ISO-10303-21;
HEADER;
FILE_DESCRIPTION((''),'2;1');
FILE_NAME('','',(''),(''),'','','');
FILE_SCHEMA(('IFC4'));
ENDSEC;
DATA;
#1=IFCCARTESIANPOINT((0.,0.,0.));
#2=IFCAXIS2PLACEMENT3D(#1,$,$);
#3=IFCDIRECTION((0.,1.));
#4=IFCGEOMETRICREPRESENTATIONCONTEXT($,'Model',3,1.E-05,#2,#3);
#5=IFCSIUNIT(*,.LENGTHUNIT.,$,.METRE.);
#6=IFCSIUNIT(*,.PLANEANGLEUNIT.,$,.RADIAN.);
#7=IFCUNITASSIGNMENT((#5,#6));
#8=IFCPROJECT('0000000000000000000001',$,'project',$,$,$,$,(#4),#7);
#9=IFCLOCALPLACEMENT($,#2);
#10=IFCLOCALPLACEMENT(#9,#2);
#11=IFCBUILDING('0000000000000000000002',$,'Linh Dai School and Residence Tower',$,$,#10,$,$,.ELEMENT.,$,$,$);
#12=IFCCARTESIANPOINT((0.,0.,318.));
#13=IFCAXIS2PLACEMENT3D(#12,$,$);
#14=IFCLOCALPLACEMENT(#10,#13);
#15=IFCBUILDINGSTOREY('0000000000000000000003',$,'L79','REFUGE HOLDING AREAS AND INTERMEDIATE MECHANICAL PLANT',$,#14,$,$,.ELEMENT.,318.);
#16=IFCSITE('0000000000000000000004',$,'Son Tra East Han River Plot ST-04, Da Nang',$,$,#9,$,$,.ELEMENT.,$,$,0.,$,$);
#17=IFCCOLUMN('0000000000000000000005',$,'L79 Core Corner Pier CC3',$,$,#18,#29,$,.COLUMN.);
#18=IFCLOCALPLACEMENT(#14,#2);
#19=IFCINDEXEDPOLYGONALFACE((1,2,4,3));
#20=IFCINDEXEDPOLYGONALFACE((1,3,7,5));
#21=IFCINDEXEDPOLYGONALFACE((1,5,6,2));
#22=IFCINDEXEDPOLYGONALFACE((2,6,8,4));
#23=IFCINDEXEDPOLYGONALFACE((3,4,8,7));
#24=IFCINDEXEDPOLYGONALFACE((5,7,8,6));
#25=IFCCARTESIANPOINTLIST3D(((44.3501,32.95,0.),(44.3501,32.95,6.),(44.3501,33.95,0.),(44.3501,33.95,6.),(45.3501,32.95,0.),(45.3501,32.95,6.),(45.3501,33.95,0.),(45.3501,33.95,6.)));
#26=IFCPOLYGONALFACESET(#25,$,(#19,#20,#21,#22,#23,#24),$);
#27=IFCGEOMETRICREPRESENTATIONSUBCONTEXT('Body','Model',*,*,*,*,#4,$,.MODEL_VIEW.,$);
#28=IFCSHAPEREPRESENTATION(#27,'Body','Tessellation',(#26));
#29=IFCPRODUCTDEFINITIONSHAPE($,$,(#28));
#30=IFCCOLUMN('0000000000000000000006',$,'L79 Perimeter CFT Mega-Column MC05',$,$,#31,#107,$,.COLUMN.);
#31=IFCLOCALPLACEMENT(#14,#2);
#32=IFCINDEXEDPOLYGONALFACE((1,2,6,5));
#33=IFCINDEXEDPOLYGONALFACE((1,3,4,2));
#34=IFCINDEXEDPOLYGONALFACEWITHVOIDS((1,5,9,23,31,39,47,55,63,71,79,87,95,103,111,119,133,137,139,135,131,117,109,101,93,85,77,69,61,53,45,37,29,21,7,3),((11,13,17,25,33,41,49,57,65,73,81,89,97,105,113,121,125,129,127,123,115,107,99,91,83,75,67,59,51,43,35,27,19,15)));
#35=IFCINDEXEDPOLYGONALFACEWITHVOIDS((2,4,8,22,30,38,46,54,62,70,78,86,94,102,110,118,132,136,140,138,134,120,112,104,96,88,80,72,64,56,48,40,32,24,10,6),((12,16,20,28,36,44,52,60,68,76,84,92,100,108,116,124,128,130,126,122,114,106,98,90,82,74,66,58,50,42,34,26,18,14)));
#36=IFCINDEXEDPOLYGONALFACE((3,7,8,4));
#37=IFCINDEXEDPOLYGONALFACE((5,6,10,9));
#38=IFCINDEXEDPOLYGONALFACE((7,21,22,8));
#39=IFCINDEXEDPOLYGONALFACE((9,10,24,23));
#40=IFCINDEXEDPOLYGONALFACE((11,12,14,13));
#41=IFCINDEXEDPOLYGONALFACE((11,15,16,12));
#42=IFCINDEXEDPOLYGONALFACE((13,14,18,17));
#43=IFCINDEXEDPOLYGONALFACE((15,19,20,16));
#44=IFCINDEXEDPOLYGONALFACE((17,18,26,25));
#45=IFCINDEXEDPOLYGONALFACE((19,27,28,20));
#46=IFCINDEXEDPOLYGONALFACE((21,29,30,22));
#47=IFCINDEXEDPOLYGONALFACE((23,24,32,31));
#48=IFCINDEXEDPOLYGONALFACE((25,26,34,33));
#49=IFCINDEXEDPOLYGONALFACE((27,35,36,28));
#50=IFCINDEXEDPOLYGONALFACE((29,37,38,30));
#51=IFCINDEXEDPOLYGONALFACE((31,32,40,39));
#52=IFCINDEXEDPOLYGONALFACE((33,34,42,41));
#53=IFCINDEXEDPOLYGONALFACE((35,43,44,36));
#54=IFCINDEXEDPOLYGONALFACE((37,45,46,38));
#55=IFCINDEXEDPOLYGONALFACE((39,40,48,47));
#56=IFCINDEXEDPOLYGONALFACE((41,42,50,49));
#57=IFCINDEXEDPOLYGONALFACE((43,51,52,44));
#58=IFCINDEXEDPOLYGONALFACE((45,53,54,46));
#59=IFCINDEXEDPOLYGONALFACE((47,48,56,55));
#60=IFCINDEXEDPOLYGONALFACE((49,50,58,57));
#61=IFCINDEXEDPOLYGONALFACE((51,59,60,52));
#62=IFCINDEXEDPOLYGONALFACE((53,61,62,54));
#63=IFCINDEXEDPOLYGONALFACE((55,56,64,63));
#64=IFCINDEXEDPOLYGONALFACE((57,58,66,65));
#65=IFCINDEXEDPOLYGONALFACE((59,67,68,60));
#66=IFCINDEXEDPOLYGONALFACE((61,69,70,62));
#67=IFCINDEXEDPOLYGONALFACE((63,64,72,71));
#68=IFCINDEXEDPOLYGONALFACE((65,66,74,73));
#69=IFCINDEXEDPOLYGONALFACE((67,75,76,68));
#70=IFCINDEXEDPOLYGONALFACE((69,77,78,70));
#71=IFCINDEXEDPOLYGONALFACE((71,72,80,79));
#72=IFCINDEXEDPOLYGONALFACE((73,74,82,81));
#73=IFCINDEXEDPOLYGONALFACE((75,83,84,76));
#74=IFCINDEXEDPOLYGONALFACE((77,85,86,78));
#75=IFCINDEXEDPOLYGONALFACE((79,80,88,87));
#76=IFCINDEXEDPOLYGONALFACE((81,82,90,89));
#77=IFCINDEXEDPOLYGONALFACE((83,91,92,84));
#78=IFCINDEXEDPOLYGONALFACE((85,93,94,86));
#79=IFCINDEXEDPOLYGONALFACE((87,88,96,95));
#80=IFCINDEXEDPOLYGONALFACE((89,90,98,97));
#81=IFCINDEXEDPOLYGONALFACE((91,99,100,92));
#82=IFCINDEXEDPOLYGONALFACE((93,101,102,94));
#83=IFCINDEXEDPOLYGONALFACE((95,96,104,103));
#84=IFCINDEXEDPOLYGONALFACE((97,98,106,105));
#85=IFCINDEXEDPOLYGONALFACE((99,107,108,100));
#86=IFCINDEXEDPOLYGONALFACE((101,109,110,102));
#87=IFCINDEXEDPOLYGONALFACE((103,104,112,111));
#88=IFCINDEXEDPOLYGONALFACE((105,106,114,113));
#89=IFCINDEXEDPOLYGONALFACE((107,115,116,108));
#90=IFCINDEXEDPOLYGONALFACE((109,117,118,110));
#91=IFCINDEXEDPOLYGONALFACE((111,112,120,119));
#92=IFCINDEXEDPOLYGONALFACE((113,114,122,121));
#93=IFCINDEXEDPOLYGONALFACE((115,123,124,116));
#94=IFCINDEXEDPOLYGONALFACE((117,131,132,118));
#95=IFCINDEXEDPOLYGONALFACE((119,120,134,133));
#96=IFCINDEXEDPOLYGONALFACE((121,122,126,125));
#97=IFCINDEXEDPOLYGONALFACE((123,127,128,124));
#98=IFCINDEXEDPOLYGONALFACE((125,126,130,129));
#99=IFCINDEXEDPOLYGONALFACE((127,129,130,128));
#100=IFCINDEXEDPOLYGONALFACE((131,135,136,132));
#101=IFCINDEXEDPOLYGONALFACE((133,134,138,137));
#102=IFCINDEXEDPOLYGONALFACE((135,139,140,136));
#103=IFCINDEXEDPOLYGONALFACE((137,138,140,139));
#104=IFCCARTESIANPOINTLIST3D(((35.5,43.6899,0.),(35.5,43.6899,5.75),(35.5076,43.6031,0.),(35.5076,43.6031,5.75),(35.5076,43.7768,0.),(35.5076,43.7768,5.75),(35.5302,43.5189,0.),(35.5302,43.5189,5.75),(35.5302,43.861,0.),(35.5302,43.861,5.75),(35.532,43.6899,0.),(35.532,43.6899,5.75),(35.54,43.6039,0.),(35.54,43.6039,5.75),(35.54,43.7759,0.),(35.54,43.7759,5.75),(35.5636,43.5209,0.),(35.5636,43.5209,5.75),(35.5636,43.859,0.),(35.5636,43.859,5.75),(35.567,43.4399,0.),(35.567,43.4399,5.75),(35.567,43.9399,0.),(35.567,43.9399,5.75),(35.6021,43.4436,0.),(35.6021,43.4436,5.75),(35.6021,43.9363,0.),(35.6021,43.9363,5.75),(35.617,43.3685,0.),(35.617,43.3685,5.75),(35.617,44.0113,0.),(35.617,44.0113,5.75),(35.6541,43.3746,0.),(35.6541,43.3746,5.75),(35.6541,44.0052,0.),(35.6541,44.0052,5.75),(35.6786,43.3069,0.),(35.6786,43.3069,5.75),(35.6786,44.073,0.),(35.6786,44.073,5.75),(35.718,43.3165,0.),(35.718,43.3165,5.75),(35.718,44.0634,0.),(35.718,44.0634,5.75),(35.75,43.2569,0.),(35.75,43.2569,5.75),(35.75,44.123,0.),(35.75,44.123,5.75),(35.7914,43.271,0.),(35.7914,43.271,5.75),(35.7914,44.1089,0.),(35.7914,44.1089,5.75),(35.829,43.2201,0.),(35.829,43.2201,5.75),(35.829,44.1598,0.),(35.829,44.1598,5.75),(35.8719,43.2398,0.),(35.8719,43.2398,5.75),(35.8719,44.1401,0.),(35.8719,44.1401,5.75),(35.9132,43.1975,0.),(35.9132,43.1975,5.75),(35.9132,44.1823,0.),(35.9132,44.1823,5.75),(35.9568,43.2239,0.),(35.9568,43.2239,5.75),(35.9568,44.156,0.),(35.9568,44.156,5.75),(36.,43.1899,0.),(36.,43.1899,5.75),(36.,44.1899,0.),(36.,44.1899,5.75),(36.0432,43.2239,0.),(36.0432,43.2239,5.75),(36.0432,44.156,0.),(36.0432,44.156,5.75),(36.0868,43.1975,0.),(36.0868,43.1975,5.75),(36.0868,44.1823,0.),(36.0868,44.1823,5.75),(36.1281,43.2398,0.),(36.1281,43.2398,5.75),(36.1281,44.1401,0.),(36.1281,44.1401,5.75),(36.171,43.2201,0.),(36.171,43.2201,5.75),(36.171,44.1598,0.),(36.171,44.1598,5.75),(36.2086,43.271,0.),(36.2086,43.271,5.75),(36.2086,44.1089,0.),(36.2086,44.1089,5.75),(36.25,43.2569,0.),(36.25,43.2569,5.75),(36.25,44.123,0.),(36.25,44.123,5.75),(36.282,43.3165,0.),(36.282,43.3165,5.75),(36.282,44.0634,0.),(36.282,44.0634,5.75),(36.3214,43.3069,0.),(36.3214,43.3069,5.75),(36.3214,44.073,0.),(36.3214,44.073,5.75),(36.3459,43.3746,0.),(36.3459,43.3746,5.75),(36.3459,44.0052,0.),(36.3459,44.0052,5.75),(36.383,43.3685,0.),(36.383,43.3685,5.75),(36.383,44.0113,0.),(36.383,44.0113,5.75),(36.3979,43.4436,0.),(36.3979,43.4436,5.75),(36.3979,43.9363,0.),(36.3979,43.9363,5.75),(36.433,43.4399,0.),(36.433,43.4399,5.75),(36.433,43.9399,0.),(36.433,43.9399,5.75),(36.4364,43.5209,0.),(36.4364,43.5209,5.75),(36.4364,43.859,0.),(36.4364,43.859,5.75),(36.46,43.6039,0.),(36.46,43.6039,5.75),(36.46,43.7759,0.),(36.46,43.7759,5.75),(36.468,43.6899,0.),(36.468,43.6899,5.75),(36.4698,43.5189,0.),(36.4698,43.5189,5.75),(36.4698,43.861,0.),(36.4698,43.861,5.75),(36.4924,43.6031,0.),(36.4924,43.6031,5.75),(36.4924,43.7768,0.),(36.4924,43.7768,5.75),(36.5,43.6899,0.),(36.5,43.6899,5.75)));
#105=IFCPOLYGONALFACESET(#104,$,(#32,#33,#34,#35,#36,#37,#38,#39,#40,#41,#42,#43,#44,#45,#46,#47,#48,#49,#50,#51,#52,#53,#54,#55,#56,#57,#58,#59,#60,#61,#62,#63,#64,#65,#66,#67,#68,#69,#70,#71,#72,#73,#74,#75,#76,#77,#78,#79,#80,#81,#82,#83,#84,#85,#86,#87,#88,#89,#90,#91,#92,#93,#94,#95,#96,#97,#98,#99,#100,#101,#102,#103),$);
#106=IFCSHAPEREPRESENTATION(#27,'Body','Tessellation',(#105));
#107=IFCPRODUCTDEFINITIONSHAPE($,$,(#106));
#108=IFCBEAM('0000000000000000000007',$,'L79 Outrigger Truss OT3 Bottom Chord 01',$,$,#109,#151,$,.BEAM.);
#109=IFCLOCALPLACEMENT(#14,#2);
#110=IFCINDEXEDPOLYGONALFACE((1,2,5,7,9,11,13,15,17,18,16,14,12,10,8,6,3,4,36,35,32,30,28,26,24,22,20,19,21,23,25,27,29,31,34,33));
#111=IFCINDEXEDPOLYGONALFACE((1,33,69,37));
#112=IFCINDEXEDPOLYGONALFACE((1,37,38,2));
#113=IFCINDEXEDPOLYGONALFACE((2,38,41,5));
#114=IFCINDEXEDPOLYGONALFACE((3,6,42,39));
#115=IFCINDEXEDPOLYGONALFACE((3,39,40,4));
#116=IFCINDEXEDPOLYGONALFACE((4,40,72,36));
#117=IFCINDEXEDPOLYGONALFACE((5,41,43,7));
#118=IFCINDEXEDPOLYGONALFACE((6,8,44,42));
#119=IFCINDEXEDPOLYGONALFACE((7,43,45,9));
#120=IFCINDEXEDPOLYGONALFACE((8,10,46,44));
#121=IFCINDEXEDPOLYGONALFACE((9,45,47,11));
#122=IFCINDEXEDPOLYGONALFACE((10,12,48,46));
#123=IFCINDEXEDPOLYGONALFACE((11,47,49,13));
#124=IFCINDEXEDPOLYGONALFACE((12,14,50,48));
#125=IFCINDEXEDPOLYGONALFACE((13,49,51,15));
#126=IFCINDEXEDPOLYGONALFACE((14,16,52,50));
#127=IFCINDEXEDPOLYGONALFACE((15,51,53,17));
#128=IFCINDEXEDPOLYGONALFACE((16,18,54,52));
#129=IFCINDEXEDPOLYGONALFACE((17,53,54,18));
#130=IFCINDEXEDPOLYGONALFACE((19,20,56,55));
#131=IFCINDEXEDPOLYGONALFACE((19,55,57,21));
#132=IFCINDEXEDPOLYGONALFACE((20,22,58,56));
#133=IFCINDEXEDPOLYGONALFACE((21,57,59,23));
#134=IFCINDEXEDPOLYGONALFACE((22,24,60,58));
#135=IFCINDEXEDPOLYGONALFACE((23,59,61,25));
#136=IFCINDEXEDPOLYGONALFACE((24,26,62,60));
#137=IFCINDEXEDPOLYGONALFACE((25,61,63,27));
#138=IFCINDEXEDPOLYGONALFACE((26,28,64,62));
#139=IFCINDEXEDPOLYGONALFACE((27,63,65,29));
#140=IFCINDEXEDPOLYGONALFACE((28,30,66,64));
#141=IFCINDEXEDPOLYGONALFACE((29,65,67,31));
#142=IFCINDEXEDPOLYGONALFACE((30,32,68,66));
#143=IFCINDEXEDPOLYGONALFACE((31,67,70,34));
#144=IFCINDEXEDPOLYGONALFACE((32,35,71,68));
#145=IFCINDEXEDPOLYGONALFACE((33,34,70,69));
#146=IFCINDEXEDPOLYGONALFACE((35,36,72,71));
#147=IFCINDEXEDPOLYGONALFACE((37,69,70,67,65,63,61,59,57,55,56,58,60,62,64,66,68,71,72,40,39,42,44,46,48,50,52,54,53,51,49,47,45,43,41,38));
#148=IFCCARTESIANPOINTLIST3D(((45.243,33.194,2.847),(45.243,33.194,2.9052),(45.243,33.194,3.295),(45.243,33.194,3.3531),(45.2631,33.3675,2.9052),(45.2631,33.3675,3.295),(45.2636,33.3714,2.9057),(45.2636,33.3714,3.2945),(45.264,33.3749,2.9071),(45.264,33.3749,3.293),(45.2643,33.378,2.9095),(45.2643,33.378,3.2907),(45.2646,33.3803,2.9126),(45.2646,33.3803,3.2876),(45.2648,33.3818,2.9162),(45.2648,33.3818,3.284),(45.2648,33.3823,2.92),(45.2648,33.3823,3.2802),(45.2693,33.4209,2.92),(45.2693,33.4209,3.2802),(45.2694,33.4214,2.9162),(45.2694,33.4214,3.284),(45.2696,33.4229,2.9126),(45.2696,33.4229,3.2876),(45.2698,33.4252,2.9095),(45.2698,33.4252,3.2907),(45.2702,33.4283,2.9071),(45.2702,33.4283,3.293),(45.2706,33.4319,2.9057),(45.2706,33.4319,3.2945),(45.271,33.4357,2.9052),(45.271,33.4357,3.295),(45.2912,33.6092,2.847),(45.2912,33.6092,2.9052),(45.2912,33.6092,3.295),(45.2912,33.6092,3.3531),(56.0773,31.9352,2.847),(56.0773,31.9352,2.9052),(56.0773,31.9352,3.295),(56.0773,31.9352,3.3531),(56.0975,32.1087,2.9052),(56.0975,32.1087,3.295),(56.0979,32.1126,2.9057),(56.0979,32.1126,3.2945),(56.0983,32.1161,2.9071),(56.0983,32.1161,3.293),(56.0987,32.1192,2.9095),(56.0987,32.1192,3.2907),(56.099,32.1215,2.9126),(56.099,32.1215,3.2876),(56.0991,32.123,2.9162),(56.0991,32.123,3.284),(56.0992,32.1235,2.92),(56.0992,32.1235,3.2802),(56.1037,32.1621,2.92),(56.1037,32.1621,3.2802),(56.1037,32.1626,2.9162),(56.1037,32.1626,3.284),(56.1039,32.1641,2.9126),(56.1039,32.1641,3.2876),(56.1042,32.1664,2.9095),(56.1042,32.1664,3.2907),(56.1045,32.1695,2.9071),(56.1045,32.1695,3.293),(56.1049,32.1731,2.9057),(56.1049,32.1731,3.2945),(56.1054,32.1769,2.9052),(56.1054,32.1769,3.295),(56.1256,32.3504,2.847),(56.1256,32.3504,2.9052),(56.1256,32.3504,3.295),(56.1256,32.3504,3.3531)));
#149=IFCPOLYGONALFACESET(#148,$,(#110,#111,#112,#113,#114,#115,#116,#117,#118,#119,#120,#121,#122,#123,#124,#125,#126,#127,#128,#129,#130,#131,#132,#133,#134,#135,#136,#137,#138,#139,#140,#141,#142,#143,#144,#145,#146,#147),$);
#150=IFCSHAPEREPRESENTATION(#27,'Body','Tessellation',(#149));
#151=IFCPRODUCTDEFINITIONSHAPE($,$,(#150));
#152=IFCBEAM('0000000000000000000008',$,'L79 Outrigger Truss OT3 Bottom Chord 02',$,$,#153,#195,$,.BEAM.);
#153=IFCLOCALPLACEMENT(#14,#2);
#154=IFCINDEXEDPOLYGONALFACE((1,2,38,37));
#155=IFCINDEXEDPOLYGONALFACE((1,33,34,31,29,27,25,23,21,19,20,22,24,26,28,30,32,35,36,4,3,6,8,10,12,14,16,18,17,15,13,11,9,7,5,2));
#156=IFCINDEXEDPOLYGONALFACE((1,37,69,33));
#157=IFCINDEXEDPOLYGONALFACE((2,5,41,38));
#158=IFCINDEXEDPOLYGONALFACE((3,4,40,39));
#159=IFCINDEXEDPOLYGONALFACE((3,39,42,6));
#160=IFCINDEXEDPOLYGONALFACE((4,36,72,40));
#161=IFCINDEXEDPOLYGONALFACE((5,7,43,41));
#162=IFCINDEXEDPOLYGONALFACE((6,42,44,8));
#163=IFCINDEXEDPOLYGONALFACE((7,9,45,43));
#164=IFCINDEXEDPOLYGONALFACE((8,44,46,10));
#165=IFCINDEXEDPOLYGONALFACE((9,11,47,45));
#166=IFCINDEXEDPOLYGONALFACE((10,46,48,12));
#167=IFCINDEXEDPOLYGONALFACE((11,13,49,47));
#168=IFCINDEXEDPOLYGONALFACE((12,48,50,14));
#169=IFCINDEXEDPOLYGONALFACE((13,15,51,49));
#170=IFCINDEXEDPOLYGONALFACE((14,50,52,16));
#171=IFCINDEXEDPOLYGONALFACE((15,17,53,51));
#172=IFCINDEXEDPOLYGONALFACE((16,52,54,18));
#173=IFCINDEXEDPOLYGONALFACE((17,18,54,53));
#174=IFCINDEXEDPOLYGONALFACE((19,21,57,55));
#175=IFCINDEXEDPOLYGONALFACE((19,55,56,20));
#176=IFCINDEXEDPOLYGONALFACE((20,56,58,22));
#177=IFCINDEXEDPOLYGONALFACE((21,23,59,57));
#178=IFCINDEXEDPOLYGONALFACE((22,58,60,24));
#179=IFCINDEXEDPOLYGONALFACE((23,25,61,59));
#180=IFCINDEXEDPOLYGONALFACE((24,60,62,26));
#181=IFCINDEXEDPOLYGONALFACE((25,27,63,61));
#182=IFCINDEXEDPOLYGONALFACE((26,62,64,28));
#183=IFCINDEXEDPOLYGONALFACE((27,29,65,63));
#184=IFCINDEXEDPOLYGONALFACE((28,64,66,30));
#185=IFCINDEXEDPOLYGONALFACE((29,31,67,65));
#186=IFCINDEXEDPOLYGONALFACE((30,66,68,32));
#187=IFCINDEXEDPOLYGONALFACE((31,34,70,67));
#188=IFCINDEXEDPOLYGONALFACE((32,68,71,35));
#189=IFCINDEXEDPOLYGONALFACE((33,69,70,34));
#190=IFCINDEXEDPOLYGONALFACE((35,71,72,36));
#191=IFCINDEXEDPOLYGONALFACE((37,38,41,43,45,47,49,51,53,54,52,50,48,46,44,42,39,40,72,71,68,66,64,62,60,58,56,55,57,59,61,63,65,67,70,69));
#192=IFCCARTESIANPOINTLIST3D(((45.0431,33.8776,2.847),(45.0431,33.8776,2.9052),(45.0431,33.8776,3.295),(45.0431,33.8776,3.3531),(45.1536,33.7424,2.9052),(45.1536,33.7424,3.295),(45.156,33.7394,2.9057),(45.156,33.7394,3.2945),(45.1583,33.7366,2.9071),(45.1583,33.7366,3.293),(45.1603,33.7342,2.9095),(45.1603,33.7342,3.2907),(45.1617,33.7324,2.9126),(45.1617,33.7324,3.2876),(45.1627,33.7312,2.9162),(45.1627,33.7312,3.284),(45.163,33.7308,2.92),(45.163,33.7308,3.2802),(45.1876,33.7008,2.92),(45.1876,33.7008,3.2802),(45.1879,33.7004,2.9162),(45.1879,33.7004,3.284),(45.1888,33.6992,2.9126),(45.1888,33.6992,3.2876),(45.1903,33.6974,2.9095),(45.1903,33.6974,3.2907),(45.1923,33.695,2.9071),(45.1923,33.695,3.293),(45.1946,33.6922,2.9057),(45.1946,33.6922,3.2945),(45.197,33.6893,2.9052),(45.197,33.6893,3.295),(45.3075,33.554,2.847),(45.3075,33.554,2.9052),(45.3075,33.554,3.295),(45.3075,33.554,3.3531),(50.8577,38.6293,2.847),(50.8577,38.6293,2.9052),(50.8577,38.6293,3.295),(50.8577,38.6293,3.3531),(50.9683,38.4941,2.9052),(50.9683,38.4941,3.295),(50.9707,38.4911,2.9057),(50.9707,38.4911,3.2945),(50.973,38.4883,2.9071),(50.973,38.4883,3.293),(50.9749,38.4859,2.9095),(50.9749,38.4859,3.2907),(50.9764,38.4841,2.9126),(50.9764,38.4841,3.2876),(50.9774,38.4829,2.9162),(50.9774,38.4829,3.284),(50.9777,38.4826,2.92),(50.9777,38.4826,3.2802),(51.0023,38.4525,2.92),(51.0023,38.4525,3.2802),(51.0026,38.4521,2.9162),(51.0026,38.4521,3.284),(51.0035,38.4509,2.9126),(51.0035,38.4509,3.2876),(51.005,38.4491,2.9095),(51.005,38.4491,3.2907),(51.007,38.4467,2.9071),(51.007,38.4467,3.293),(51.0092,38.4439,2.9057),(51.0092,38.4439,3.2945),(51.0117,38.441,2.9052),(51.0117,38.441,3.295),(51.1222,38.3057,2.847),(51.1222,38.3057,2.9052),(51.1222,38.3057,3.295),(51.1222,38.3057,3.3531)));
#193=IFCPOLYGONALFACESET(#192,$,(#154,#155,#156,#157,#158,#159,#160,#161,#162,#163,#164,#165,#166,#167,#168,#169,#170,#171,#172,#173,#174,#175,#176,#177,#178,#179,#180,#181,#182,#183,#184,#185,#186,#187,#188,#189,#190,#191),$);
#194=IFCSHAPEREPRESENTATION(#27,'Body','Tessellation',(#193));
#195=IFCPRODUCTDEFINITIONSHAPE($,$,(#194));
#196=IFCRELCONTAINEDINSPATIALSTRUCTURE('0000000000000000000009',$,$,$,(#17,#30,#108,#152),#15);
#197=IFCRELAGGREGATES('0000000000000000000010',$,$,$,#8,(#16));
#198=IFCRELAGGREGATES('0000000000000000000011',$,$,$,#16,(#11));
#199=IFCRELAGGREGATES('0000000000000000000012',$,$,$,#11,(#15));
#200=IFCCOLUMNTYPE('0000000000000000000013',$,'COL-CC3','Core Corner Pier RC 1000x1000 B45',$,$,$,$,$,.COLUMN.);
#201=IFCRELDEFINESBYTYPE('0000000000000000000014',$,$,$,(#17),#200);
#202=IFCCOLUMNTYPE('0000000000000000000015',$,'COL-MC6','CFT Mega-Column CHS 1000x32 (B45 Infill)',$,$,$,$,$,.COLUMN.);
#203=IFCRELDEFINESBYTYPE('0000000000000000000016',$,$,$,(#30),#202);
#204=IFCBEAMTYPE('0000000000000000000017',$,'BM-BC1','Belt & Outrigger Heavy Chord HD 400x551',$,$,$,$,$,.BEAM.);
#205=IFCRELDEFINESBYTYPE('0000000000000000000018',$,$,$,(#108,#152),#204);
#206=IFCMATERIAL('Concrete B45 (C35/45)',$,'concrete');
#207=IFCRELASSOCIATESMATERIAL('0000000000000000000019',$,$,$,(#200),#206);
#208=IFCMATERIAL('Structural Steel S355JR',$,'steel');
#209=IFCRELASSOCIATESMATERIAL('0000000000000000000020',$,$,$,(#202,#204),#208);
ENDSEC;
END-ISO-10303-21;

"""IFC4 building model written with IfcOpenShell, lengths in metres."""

from ifc_helpers import new_model, si_unit, direction, frame, origin, origin_2d, place, context, subcontext, project, spatial, rectangle, hollow_circle, i_section, extrude, material, material_profile, profile_set, type_object, element, save


model = new_model("IFC4")

# Units and contexts
model_context = context("Model", 3, precision=1e-05, world=origin(), true_north=direction((0.0, 1.0)))
body_context = subcontext(model_context, "Body", "Model", "MODEL_VIEW")
ifc_project = project(units=[si_unit("LENGTHUNIT", "METRE"), si_unit("PLANEANGLEUNIT", "RADIAN")], contexts=[model_context])

# Site, building, storey
site_placement = place(None, origin())
site = spatial("IfcSite", under=ifc_project, at=site_placement, Name="Son Tra East Han River Plot ST-04, Da Nang", CompositionType="ELEMENT", RefElevation=0.0)
building_placement = place(site_placement, origin())
building = spatial("IfcBuilding", under=site, at=building_placement, Name="Linh Dai School and Residence Tower", CompositionType="ELEMENT")
storey_placement = place(building_placement, frame((0.0, 0.0, 318.0)))
storey = spatial("IfcBuildingStorey", under=building, at=storey_placement, Name="L79", Description="REFUGE HOLDING AREAS AND INTERMEDIATE MECHANICAL PLANT", CompositionType="ELEMENT", Elevation=318.0)

# Columns
ifc_material_1 = material(Name="Concrete B45 (C35/45)", Category="concrete")
ifc_material_profile_1 = material_profile(ifc_material_1, rectangle(XDim=1.0, YDim=1.0, at=origin_2d()), Name="RC 1000x1000")
ifc_profile_set_1 = profile_set([ifc_material_profile_1], Name="Concrete B45 (C35/45)")
column_type_1 = type_object("IfcColumnType", Name="COL-CC3", Description="Core Corner Pier RC 1000x1000 B45", PredefinedType="COLUMN", material=ifc_profile_set_1)
column_1_placement = place(storey_placement, frame((44.8501, 33.45, 0.0), z_axis=(0.0, 0.0, 1.0), x_axis=(1.0, 0.0, 0.0)))
element("IfcColumn", 1, at=column_1_placement, inside=storey, type_object=column_type_1, Name="L79 Core Corner Pier CC3", PredefinedType="COLUMN", context=body_context, shape_type="SweptSolid", body=[
    extrude(rectangle(XDim=1.0, YDim=1.0, at=origin_2d()), origin(), (0.0, 0.0, 1.0), 6.0),
])
ifc_material_2 = material(Name="Structural Steel S355JR", Category="steel")
ifc_material_profile_2 = material_profile(ifc_material_2, hollow_circle(Radius=0.5, WallThickness=0.032, at=origin_2d()), Name="CHS 1000x32")
ifc_profile_set_2 = profile_set([ifc_material_profile_2], Name="Structural Steel S355JR")
column_type_2 = type_object("IfcColumnType", Name="COL-MC6", Description="CFT Mega-Column CHS 1000x32 (B45 Infill)", PredefinedType="COLUMN", material=ifc_profile_set_2)
column_2_placement = place(storey_placement, frame((36.0, 43.6899, 0.0), z_axis=(0.0, 0.0, 1.0), x_axis=(1.0, 0.0, 0.0)))
element("IfcColumn", 2, at=column_2_placement, inside=storey, type_object=column_type_2, Name="L79 Perimeter CFT Mega-Column MC05", PredefinedType="COLUMN", context=body_context, shape_type="SweptSolid", body=[
    extrude(hollow_circle(Radius=0.5, WallThickness=0.032, at=origin_2d()), origin(), (0.0, 0.0, 1.0), 5.75),
])

# Beams
ifc_material_profile_3 = material_profile(ifc_material_2, i_section(OverallWidth=0.418, OverallDepth=0.5061, WebThickness=0.0388, FlangeThickness=0.0581, FilletRadius=0.0149, at=origin_2d()), Name="HD 400x551")
ifc_profile_set_3 = profile_set([ifc_material_profile_3], Name="Structural Steel S355JR")
beam_type_1 = type_object("IfcBeamType", Name="BM-BC1", Description="Belt & Outrigger Heavy Chord HD 400x551", PredefinedType="BEAM", material=ifc_profile_set_3)
beam_1_placement = place(storey_placement, frame((45.2671, 33.4016, 3.1001), z_axis=(0.993318, -0.11541, 0.0), x_axis=(0.11541, 0.993318, 0.0)))
element("IfcBeam", 3, at=beam_1_placement, inside=storey, type_object=beam_type_1, Name="L79 Outrigger Truss OT3 Bottom Chord 01", PredefinedType="BEAM", context=body_context, shape_type="SweptSolid", body=[
    extrude(i_section(OverallWidth=0.418, OverallDepth=0.5061, WebThickness=0.0388, FlangeThickness=0.0581, FilletRadius=0.0149, at=origin_2d()), origin(), (0.0, 0.0, 1.0), 10.9072),
])
beam_2_placement = place(storey_placement, frame((45.1753, 33.7158, 3.1001), z_axis=(0.774334, 0.632777, 0.0), x_axis=(-0.632777, 0.774334, 0.0)))
element("IfcBeam", 4, at=beam_2_placement, inside=storey, type_object=beam_type_1, Name="L79 Outrigger Truss OT3 Bottom Chord 02", PredefinedType="BEAM", context=body_context, shape_type="SweptSolid", body=[
    extrude(i_section(OverallWidth=0.418, OverallDepth=0.5061, WebThickness=0.0388, FlangeThickness=0.0581, FilletRadius=0.0149, at=origin_2d()), origin(), (0.0, 0.0, 1.0), 7.5093),
])

save(model, "model.ifc")
